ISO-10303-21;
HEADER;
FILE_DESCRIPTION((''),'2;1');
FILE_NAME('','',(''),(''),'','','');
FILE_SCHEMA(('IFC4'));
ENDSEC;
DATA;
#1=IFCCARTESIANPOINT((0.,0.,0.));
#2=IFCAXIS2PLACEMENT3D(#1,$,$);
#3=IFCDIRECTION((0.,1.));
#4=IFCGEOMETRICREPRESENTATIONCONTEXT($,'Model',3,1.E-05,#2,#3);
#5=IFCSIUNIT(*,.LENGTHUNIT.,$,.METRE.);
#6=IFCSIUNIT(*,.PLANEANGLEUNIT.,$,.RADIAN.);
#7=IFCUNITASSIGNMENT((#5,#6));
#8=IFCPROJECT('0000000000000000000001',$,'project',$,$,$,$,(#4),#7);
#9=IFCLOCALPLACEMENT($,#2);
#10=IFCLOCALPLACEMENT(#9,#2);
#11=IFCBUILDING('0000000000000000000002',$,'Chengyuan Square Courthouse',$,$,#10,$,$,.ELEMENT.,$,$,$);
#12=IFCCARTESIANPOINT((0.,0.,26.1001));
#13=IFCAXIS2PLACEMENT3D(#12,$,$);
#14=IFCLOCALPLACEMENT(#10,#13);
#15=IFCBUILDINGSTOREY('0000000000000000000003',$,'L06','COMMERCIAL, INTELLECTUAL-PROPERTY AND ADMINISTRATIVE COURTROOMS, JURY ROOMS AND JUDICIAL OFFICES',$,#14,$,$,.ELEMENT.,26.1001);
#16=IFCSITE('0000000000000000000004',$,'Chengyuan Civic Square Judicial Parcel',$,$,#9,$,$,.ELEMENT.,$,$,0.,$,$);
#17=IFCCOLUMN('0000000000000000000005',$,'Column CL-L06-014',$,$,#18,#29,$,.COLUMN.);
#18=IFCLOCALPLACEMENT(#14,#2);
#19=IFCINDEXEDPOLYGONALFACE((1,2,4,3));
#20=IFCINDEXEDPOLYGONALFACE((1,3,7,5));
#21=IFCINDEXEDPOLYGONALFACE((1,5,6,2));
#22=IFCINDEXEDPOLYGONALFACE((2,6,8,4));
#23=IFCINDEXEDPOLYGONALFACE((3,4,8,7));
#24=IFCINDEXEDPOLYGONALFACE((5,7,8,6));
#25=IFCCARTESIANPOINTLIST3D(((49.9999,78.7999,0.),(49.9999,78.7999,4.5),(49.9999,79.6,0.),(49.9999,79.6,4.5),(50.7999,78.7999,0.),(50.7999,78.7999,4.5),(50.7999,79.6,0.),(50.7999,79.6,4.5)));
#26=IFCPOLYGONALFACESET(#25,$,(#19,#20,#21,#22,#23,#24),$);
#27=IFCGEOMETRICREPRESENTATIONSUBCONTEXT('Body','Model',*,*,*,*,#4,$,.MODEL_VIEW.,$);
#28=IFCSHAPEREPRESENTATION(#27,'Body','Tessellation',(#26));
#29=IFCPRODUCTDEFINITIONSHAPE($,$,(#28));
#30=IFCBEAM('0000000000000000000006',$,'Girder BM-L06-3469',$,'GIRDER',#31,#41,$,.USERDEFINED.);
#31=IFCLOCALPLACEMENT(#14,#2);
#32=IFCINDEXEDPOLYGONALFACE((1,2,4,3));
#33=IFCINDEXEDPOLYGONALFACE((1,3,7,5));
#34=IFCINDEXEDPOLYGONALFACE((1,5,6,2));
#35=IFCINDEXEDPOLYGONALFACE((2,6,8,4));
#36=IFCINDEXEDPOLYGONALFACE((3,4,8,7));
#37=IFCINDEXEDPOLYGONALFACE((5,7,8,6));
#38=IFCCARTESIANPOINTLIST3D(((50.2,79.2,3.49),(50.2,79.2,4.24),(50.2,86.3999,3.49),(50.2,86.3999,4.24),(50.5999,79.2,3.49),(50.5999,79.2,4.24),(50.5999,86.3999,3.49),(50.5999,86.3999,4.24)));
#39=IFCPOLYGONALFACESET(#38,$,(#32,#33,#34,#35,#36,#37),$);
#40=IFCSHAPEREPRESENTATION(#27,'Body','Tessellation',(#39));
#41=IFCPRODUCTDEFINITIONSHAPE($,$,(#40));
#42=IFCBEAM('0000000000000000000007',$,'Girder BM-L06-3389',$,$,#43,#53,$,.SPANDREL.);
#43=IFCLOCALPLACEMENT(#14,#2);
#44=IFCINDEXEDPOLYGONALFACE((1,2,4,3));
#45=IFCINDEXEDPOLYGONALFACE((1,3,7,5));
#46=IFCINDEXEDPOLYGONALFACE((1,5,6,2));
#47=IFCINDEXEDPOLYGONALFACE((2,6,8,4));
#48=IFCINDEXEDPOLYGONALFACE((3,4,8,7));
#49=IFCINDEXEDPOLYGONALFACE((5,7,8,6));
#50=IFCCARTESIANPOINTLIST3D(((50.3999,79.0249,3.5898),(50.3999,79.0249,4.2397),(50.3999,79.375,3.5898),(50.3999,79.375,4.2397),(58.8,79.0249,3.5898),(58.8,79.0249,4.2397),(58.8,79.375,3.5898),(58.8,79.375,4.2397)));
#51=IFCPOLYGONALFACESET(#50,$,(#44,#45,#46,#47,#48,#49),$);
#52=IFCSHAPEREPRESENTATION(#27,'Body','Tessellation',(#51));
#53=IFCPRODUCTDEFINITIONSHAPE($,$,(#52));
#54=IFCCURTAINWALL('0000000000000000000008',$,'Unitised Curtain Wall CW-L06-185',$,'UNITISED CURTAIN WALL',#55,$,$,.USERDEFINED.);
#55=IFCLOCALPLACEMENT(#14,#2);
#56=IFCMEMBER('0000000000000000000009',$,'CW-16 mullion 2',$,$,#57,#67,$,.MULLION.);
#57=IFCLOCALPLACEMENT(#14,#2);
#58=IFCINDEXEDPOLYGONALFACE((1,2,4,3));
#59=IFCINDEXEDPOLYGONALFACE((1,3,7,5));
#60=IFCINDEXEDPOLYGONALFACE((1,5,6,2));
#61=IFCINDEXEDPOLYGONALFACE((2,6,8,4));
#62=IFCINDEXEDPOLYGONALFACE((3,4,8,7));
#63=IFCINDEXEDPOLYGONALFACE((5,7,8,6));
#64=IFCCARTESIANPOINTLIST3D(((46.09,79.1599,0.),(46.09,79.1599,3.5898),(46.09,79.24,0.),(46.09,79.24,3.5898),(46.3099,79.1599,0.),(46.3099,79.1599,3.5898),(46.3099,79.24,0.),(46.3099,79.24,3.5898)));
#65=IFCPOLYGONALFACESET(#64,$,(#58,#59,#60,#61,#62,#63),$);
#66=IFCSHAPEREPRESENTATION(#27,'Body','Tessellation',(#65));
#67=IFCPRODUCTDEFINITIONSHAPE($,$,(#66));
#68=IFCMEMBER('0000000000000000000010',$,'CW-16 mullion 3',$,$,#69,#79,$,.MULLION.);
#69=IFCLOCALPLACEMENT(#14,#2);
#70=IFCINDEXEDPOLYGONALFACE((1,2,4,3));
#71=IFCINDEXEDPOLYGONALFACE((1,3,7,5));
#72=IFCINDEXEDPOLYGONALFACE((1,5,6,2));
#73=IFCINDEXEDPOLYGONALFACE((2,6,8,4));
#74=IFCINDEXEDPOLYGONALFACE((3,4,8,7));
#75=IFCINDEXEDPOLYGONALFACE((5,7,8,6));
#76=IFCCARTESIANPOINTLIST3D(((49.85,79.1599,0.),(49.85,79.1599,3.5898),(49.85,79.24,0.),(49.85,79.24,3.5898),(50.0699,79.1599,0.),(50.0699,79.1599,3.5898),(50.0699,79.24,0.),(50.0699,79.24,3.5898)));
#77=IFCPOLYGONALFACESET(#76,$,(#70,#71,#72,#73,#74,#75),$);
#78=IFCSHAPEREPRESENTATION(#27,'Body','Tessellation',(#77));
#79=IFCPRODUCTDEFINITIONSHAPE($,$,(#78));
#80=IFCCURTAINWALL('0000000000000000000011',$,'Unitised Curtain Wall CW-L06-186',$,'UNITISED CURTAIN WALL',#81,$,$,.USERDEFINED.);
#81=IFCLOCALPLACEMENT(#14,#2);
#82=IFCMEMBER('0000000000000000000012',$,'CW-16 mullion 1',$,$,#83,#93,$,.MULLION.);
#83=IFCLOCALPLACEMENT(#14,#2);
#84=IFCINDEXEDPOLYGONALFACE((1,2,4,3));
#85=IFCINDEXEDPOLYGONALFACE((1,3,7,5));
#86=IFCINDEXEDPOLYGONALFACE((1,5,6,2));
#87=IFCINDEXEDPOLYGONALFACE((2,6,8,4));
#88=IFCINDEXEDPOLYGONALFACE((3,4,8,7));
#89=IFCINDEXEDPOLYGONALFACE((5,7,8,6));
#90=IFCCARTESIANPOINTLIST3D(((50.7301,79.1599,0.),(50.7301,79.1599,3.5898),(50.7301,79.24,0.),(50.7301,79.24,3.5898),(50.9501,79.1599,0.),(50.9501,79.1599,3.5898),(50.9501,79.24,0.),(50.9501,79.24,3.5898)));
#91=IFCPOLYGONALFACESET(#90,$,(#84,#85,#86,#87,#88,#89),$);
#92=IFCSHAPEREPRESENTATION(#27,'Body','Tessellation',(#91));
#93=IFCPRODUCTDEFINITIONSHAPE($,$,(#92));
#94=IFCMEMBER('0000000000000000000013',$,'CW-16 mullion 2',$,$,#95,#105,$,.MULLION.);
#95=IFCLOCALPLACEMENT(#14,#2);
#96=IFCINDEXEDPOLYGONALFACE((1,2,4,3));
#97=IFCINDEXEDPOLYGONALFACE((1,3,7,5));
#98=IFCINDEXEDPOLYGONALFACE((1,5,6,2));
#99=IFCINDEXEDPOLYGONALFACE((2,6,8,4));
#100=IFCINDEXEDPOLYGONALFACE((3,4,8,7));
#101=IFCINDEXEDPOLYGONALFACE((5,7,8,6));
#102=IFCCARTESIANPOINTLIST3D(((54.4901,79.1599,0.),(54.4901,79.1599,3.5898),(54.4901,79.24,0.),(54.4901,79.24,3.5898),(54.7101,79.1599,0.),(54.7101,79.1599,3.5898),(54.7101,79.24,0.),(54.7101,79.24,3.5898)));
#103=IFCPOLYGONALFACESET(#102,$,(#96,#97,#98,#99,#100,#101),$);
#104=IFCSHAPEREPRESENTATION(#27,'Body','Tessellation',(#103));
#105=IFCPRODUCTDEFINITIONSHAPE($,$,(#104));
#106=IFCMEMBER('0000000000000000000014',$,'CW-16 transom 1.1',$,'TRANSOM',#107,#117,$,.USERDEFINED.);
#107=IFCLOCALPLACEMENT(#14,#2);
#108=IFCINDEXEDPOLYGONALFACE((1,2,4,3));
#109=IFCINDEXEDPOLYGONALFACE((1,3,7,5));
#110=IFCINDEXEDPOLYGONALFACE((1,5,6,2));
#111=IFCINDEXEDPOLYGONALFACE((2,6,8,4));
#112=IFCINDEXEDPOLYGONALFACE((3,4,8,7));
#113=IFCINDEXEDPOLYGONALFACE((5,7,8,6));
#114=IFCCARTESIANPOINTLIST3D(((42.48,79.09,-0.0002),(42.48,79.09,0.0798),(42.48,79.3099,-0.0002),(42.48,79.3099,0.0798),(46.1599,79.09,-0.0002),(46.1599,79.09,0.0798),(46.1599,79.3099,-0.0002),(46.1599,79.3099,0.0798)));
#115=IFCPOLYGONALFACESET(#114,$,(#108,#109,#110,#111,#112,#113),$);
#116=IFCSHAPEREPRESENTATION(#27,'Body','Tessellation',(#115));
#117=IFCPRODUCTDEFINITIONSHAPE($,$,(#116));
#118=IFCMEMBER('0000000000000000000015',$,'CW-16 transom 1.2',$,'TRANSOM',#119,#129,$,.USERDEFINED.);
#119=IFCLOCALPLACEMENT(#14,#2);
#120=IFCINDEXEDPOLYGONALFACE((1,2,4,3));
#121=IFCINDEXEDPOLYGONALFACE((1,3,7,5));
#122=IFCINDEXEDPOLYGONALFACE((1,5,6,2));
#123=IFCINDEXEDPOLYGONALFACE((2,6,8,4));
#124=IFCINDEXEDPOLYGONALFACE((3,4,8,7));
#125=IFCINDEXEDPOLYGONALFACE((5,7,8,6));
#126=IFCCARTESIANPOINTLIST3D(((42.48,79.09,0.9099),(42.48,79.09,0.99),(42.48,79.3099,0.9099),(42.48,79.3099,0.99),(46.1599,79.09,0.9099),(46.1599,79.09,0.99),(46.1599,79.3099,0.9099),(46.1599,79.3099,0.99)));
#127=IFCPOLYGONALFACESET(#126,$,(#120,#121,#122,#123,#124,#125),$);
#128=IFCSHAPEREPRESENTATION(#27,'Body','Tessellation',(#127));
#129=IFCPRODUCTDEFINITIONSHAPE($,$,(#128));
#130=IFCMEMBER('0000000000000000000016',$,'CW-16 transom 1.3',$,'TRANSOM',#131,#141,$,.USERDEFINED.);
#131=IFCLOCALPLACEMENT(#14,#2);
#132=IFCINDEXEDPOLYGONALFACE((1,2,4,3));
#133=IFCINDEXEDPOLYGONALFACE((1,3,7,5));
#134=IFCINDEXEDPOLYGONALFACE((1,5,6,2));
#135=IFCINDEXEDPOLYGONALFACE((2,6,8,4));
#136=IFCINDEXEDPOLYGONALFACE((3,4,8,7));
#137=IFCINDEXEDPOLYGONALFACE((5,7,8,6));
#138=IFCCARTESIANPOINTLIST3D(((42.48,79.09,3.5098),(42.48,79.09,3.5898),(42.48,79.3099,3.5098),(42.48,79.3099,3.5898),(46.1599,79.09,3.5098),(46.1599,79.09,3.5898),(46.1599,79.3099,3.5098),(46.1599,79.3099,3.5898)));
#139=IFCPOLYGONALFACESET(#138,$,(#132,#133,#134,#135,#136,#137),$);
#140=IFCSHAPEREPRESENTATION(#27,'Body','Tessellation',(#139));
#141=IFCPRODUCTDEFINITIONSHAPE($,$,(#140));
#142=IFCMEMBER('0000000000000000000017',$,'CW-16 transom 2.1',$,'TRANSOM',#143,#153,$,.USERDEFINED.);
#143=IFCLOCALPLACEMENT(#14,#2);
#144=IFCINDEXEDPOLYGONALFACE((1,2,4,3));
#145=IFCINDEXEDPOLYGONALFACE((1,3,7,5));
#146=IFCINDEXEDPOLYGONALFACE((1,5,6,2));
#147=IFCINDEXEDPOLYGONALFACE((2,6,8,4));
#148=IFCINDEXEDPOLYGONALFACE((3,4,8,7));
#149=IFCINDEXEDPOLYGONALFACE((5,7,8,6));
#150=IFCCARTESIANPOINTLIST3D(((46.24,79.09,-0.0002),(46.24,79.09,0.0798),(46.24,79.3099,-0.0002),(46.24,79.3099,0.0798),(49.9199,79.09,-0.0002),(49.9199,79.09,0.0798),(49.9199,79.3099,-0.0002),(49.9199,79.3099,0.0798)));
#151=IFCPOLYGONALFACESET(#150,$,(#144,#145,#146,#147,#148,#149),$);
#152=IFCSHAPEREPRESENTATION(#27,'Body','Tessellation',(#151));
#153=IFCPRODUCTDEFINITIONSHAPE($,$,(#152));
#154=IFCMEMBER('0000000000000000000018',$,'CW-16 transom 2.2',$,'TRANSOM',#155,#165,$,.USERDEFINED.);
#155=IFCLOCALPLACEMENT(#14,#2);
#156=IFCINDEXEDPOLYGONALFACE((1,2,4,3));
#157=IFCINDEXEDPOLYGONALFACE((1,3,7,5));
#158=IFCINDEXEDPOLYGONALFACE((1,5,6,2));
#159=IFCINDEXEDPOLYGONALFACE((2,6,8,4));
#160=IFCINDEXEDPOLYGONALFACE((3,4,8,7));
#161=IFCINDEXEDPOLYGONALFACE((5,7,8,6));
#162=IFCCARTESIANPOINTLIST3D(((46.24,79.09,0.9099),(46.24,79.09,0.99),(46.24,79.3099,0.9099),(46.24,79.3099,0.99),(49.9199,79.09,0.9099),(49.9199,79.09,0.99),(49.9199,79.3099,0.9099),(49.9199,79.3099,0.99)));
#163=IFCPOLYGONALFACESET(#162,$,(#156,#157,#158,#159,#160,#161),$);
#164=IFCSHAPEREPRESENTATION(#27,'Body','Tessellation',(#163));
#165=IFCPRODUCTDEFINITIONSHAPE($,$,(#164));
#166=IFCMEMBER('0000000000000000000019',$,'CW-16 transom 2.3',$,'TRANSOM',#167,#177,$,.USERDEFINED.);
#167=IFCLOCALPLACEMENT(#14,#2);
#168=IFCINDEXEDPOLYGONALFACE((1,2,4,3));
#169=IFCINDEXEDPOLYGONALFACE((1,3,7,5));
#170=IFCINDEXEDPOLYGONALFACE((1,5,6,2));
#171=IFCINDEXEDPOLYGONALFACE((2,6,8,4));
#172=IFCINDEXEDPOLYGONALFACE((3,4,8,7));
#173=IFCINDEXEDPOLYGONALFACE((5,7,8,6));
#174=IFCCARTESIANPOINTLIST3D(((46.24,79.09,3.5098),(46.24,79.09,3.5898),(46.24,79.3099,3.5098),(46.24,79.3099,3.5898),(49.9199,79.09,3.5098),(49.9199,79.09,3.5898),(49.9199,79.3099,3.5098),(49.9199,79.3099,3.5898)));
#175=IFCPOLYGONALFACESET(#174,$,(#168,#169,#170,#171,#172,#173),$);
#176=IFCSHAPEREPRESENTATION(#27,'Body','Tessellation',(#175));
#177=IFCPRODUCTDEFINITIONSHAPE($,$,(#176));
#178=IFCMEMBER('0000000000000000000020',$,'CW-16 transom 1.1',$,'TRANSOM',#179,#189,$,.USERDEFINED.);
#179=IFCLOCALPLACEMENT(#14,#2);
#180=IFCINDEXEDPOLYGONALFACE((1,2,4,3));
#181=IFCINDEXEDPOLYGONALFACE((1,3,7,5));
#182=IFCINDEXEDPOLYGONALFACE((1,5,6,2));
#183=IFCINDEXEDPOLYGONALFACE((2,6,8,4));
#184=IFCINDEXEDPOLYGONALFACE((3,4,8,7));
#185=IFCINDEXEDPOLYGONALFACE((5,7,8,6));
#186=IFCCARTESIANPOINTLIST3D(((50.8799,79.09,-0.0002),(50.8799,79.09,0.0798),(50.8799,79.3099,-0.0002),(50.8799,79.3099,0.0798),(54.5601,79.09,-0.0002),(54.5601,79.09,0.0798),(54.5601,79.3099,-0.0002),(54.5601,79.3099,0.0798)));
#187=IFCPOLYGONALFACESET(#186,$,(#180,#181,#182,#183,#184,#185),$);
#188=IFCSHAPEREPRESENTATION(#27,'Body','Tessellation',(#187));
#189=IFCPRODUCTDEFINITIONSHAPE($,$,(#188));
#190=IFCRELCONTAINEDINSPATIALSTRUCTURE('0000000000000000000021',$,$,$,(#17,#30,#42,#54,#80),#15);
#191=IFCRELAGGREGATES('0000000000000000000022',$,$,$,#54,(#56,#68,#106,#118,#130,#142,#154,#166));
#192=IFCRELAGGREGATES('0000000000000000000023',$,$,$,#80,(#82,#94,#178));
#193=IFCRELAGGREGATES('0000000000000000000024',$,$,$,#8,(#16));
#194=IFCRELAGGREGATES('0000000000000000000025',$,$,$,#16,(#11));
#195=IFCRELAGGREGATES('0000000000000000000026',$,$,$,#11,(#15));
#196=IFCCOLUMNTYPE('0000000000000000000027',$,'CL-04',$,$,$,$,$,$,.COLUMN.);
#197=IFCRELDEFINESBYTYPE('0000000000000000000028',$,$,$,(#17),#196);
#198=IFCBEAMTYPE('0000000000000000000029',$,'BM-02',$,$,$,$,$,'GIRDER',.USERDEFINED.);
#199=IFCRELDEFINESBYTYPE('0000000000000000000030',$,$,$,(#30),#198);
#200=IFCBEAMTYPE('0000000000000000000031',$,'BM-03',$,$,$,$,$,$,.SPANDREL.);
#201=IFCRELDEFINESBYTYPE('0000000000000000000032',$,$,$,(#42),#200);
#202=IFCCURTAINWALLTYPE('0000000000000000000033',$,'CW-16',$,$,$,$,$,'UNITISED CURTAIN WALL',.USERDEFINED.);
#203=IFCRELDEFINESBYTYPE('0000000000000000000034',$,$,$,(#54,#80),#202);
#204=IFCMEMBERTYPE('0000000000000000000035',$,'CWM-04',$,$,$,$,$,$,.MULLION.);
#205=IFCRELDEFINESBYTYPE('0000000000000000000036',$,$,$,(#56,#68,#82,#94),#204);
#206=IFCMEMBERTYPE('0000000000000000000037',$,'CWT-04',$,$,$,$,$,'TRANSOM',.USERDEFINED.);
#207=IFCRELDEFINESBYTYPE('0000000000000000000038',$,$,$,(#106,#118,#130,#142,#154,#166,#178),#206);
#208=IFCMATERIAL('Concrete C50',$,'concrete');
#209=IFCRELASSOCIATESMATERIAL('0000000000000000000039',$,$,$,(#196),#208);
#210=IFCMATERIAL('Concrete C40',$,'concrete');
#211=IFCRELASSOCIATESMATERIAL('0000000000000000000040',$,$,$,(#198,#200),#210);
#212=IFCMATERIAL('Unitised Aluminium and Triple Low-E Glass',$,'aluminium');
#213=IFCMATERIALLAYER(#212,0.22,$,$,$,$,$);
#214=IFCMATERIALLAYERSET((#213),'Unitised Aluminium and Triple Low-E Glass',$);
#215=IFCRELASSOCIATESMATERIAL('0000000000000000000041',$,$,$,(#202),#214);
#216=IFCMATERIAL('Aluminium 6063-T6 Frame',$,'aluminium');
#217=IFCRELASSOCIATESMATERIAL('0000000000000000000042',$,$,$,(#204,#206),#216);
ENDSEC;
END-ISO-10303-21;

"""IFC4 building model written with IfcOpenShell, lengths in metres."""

from ifc_helpers import new_model, si_unit, direction, frame, origin, origin_2d, place, context, subcontext, project, spatial, rectangle, extrude, material, layer, layer_set, material_profile, profile_set, type_object, element, aggregate, save


model = new_model("IFC4")

# Units and contexts
model_context = context("Model", 3, precision=1e-05, world=origin(), true_north=direction((0.0, 1.0)))
body_context = subcontext(model_context, "Body", "Model", "MODEL_VIEW")
ifc_project = project(units=[si_unit("LENGTHUNIT", "METRE"), si_unit("PLANEANGLEUNIT", "RADIAN")], contexts=[model_context])

# Site, building, storey
site_placement = place(None, origin())
site = spatial("IfcSite", under=ifc_project, at=site_placement, Name="Chengyuan Civic Square Judicial Parcel", CompositionType="ELEMENT", RefElevation=0.0)
building_placement = place(site_placement, origin())
building = spatial("IfcBuilding", under=site, at=building_placement, Name="Chengyuan Square Courthouse", CompositionType="ELEMENT")
storey_placement = place(building_placement, frame((0.0, 0.0, 26.1001)))
storey = spatial("IfcBuildingStorey", under=building, at=storey_placement, Name="L06", Description="COMMERCIAL, INTELLECTUAL-PROPERTY AND ADMINISTRATIVE COURTROOMS, JURY ROOMS AND JUDICIAL OFFICES", CompositionType="ELEMENT", Elevation=26.1001)

# Column
ifc_material_1 = material(Name="Concrete C50", Category="concrete")
ifc_material_profile_1 = material_profile(ifc_material_1, rectangle(XDim=0.8, YDim=0.8, at=origin_2d()), Name="RC-COL-800x800")
ifc_profile_set_1 = profile_set([ifc_material_profile_1], Name="Concrete C50")
column_type = type_object("IfcColumnType", Name="CL-04", PredefinedType="COLUMN", material=ifc_profile_set_1)
column_placement = place(storey_placement, frame((50.3999, 79.2, 0.0), z_axis=(0.0, 0.0, 1.0), x_axis=(1.0, 0.0, 0.0)))
element("IfcColumn", 1, at=column_placement, inside=storey, type_object=column_type, Name="Column CL-L06-014", PredefinedType="COLUMN", context=body_context, shape_type="SweptSolid", body=[
    extrude(rectangle(XDim=0.8, YDim=0.8, at=origin_2d()), origin(), (0.0, 0.0, 1.0), 4.5),
])

# Beams
ifc_material_2 = material(Name="Concrete C40", Category="concrete")
ifc_material_profile_2 = material_profile(ifc_material_2, rectangle(XDim=0.3999, YDim=0.75, at=origin_2d()), Name="RC-BM-400x750")
ifc_profile_set_2 = profile_set([ifc_material_profile_2], Name="Concrete C40")
beam_type_1 = type_object("IfcBeamType", Name="BM-02", ElementType="GIRDER", PredefinedType="USERDEFINED", material=ifc_profile_set_2)
beam_1_placement = place(storey_placement, frame((50.3999, 79.2, 3.865), z_axis=(0.0, 1.0, 0.0), x_axis=(-1.0, 0.0, 0.0)))
element("IfcBeam", 2, at=beam_1_placement, inside=storey, type_object=beam_type_1, Name="Girder BM-L06-3469", ObjectType="GIRDER", PredefinedType="USERDEFINED", context=body_context, shape_type="SweptSolid", body=[
    extrude(rectangle(XDim=0.3999, YDim=0.75, at=origin_2d()), origin(), (0.0, 0.0, 1.0), 7.2),
])
ifc_material_profile_3 = material_profile(ifc_material_2, rectangle(XDim=0.3501, YDim=0.6499, at=origin_2d()), Name="RC-BM-350x650")
ifc_profile_set_3 = profile_set([ifc_material_profile_3], Name="Concrete C40")
beam_type_2 = type_object("IfcBeamType", Name="BM-03", PredefinedType="SPANDREL", material=ifc_profile_set_3)
beam_2_placement = place(storey_placement, frame((50.3999, 79.2, 3.9148), z_axis=(1.0, 0.0, 0.0), x_axis=(0.0, 1.0, 0.0)))
element("IfcBeam", 3, at=beam_2_placement, inside=storey, type_object=beam_type_2, Name="Girder BM-L06-3389", PredefinedType="SPANDREL", context=body_context, shape_type="SweptSolid", body=[
    extrude(rectangle(XDim=0.3501, YDim=0.6499, at=origin_2d()), origin(), (0.0, 0.0, 1.0), 8.4001),
])

# Curtain walls, members
ifc_material_3 = material(Name="Unitised Aluminium and Triple Low-E Glass", Category="aluminium")
ifc_layer_1 = layer(ifc_material_3, 0.22)
ifc_layer_set_1 = layer_set([ifc_layer_1], Name="Unitised Aluminium and Triple Low-E Glass")
curtain_wall_type = type_object("IfcCurtainWallType", Name="CW-16", ElementType="UNITISED CURTAIN WALL", PredefinedType="USERDEFINED", material=ifc_layer_set_1)
curtain_wall_1_placement = place(storey_placement, origin())
curtain_wall_1 = element("IfcCurtainWall", 4, at=curtain_wall_1_placement, inside=storey, type_object=curtain_wall_type, Name="Unitised Curtain Wall CW-L06-185", ObjectType="UNITISED CURTAIN WALL", PredefinedType="USERDEFINED")
ifc_material_4 = material(Name="Aluminium 6063-T6 Frame", Category="aluminium")
ifc_material_profile_4 = material_profile(ifc_material_4, rectangle(XDim=0.0801, YDim=0.22, at=origin_2d()), Name="CW-MUL-80x220")
ifc_profile_set_4 = profile_set([ifc_material_profile_4], Name="Aluminium 6063-T6 Frame")
member_type_1 = type_object("IfcMemberType", Name="CWM-04", PredefinedType="MULLION", material=ifc_profile_set_4)
member_1_placement = place(storey_placement, frame((46.2, 79.2, 0.0), z_axis=(0.0, 0.0, 1.0), x_axis=(0.0, 1.0, 0.0)))
member_1 = element("IfcMember", 5, at=member_1_placement, type_object=member_type_1, Name="CW-16 mullion 2", PredefinedType="MULLION", context=body_context, shape_type="SweptSolid", body=[
    extrude(rectangle(XDim=0.0801, YDim=0.22, at=origin_2d()), origin(), (0.0, 0.0, 1.0), 3.5898),
])
member_2_placement = place(storey_placement, frame((49.96, 79.2, 0.0), z_axis=(0.0, 0.0, 1.0), x_axis=(0.0, 1.0, 0.0)))
member_2 = element("IfcMember", 6, at=member_2_placement, type_object=member_type_1, Name="CW-16 mullion 3", PredefinedType="MULLION", context=body_context, shape_type="SweptSolid", body=[
    extrude(rectangle(XDim=0.0801, YDim=0.22, at=origin_2d()), origin(), (0.0, 0.0, 1.0), 3.5898),
])
curtain_wall_2_placement = place(storey_placement, origin())
curtain_wall_2 = element("IfcCurtainWall", 7, at=curtain_wall_2_placement, inside=storey, type_object=curtain_wall_type, Name="Unitised Curtain Wall CW-L06-186", ObjectType="UNITISED CURTAIN WALL", PredefinedType="USERDEFINED")
member_3_placement = place(storey_placement, frame((50.8401, 79.2, 0.0), z_axis=(0.0, 0.0, 1.0), x_axis=(0.0, 1.0, 0.0)))
member_3 = element("IfcMember", 8, at=member_3_placement, type_object=member_type_1, Name="CW-16 mullion 1", PredefinedType="MULLION", context=body_context, shape_type="SweptSolid", body=[
    extrude(rectangle(XDim=0.0801, YDim=0.22, at=origin_2d()), origin(), (0.0, 0.0, 1.0), 3.5898),
])
member_4_placement = place(storey_placement, frame((54.6001, 79.2, 0.0), z_axis=(0.0, 0.0, 1.0), x_axis=(0.0, 1.0, 0.0)))
member_4 = element("IfcMember", 9, at=member_4_placement, type_object=member_type_1, Name="CW-16 mullion 2", PredefinedType="MULLION", context=body_context, shape_type="SweptSolid", body=[
    extrude(rectangle(XDim=0.0801, YDim=0.22, at=origin_2d()), origin(), (0.0, 0.0, 1.0), 3.5898),
])

# Members
ifc_material_profile_5 = material_profile(ifc_material_4, rectangle(XDim=0.22, YDim=0.0801, at=origin_2d()), Name="CW-TRN-80x180")
ifc_profile_set_5 = profile_set([ifc_material_profile_5], Name="Aluminium 6063-T6 Frame")
member_type_2 = type_object("IfcMemberType", Name="CWT-04", ElementType="TRANSOM", PredefinedType="USERDEFINED", material=ifc_profile_set_5)
member_5_placement = place(storey_placement, frame((42.48, 79.2, 0.0398), z_axis=(1.0, 0.0, 0.0), x_axis=(0.0, 1.0, 0.0)))
member_5 = element("IfcMember", 10, at=member_5_placement, type_object=member_type_2, Name="CW-16 transom 1.1", ObjectType="TRANSOM", PredefinedType="USERDEFINED", context=body_context, shape_type="SweptSolid", body=[
    extrude(rectangle(XDim=0.22, YDim=0.0801, at=origin_2d()), origin(), (0.0, 0.0, 1.0), 3.6799),
])
member_6_placement = place(storey_placement, frame((42.48, 79.2, 0.95), z_axis=(1.0, 0.0, 0.0), x_axis=(0.0, 1.0, 0.0)))
member_6 = element("IfcMember", 11, at=member_6_placement, type_object=member_type_2, Name="CW-16 transom 1.2", ObjectType="TRANSOM", PredefinedType="USERDEFINED", context=body_context, shape_type="SweptSolid", body=[
    extrude(rectangle(XDim=0.22, YDim=0.0801, at=origin_2d()), origin(), (0.0, 0.0, 1.0), 3.6799),
])
member_7_placement = place(storey_placement, frame((42.48, 79.2, 3.5498), z_axis=(1.0, 0.0, 0.0), x_axis=(0.0, 1.0, 0.0)))
member_7 = element("IfcMember", 12, at=member_7_placement, type_object=member_type_2, Name="CW-16 transom 1.3", ObjectType="TRANSOM", PredefinedType="USERDEFINED", context=body_context, shape_type="SweptSolid", body=[
    extrude(rectangle(XDim=0.22, YDim=0.0801, at=origin_2d()), origin(), (0.0, 0.0, 1.0), 3.6799),
])
member_8_placement = place(storey_placement, frame((46.24, 79.2, 0.0398), z_axis=(1.0, 0.0, 0.0), x_axis=(0.0, 1.0, 0.0)))
member_8 = element("IfcMember", 13, at=member_8_placement, type_object=member_type_2, Name="CW-16 transom 2.1", ObjectType="TRANSOM", PredefinedType="USERDEFINED", context=body_context, shape_type="SweptSolid", body=[
    extrude(rectangle(XDim=0.22, YDim=0.0801, at=origin_2d()), origin(), (0.0, 0.0, 1.0), 3.6799),
])
member_9_placement = place(storey_placement, frame((46.24, 79.2, 0.95), z_axis=(1.0, 0.0, 0.0), x_axis=(0.0, 1.0, 0.0)))
member_9 = element("IfcMember", 14, at=member_9_placement, type_object=member_type_2, Name="CW-16 transom 2.2", ObjectType="TRANSOM", PredefinedType="USERDEFINED", context=body_context, shape_type="SweptSolid", body=[
    extrude(rectangle(XDim=0.22, YDim=0.0801, at=origin_2d()), origin(), (0.0, 0.0, 1.0), 3.6799),
])
member_10_placement = place(storey_placement, frame((46.24, 79.2, 3.5498), z_axis=(1.0, 0.0, 0.0), x_axis=(0.0, 1.0, 0.0)))
member_10 = element("IfcMember", 15, at=member_10_placement, type_object=member_type_2, Name="CW-16 transom 2.3", ObjectType="TRANSOM", PredefinedType="USERDEFINED", context=body_context, shape_type="SweptSolid", body=[
    extrude(rectangle(XDim=0.22, YDim=0.0801, at=origin_2d()), origin(), (0.0, 0.0, 1.0), 3.6799),
])
member_11_placement = place(storey_placement, frame((50.8799, 79.2, 0.0398), z_axis=(1.0, 0.0, 0.0), x_axis=(0.0, 1.0, 0.0)))
member_11 = element("IfcMember", 16, at=member_11_placement, type_object=member_type_2, Name="CW-16 transom 1.1", ObjectType="TRANSOM", PredefinedType="USERDEFINED", context=body_context, shape_type="SweptSolid", body=[
    extrude(rectangle(XDim=0.22, YDim=0.0801, at=origin_2d()), origin(), (0.0, 0.0, 1.0), 3.6802),
])

aggregate(curtain_wall_1, [member_1, member_2, member_5, member_6, member_7, member_8, member_9, member_10])
aggregate(curtain_wall_2, [member_3, member_4, member_11])

save(model, "model.ifc")
